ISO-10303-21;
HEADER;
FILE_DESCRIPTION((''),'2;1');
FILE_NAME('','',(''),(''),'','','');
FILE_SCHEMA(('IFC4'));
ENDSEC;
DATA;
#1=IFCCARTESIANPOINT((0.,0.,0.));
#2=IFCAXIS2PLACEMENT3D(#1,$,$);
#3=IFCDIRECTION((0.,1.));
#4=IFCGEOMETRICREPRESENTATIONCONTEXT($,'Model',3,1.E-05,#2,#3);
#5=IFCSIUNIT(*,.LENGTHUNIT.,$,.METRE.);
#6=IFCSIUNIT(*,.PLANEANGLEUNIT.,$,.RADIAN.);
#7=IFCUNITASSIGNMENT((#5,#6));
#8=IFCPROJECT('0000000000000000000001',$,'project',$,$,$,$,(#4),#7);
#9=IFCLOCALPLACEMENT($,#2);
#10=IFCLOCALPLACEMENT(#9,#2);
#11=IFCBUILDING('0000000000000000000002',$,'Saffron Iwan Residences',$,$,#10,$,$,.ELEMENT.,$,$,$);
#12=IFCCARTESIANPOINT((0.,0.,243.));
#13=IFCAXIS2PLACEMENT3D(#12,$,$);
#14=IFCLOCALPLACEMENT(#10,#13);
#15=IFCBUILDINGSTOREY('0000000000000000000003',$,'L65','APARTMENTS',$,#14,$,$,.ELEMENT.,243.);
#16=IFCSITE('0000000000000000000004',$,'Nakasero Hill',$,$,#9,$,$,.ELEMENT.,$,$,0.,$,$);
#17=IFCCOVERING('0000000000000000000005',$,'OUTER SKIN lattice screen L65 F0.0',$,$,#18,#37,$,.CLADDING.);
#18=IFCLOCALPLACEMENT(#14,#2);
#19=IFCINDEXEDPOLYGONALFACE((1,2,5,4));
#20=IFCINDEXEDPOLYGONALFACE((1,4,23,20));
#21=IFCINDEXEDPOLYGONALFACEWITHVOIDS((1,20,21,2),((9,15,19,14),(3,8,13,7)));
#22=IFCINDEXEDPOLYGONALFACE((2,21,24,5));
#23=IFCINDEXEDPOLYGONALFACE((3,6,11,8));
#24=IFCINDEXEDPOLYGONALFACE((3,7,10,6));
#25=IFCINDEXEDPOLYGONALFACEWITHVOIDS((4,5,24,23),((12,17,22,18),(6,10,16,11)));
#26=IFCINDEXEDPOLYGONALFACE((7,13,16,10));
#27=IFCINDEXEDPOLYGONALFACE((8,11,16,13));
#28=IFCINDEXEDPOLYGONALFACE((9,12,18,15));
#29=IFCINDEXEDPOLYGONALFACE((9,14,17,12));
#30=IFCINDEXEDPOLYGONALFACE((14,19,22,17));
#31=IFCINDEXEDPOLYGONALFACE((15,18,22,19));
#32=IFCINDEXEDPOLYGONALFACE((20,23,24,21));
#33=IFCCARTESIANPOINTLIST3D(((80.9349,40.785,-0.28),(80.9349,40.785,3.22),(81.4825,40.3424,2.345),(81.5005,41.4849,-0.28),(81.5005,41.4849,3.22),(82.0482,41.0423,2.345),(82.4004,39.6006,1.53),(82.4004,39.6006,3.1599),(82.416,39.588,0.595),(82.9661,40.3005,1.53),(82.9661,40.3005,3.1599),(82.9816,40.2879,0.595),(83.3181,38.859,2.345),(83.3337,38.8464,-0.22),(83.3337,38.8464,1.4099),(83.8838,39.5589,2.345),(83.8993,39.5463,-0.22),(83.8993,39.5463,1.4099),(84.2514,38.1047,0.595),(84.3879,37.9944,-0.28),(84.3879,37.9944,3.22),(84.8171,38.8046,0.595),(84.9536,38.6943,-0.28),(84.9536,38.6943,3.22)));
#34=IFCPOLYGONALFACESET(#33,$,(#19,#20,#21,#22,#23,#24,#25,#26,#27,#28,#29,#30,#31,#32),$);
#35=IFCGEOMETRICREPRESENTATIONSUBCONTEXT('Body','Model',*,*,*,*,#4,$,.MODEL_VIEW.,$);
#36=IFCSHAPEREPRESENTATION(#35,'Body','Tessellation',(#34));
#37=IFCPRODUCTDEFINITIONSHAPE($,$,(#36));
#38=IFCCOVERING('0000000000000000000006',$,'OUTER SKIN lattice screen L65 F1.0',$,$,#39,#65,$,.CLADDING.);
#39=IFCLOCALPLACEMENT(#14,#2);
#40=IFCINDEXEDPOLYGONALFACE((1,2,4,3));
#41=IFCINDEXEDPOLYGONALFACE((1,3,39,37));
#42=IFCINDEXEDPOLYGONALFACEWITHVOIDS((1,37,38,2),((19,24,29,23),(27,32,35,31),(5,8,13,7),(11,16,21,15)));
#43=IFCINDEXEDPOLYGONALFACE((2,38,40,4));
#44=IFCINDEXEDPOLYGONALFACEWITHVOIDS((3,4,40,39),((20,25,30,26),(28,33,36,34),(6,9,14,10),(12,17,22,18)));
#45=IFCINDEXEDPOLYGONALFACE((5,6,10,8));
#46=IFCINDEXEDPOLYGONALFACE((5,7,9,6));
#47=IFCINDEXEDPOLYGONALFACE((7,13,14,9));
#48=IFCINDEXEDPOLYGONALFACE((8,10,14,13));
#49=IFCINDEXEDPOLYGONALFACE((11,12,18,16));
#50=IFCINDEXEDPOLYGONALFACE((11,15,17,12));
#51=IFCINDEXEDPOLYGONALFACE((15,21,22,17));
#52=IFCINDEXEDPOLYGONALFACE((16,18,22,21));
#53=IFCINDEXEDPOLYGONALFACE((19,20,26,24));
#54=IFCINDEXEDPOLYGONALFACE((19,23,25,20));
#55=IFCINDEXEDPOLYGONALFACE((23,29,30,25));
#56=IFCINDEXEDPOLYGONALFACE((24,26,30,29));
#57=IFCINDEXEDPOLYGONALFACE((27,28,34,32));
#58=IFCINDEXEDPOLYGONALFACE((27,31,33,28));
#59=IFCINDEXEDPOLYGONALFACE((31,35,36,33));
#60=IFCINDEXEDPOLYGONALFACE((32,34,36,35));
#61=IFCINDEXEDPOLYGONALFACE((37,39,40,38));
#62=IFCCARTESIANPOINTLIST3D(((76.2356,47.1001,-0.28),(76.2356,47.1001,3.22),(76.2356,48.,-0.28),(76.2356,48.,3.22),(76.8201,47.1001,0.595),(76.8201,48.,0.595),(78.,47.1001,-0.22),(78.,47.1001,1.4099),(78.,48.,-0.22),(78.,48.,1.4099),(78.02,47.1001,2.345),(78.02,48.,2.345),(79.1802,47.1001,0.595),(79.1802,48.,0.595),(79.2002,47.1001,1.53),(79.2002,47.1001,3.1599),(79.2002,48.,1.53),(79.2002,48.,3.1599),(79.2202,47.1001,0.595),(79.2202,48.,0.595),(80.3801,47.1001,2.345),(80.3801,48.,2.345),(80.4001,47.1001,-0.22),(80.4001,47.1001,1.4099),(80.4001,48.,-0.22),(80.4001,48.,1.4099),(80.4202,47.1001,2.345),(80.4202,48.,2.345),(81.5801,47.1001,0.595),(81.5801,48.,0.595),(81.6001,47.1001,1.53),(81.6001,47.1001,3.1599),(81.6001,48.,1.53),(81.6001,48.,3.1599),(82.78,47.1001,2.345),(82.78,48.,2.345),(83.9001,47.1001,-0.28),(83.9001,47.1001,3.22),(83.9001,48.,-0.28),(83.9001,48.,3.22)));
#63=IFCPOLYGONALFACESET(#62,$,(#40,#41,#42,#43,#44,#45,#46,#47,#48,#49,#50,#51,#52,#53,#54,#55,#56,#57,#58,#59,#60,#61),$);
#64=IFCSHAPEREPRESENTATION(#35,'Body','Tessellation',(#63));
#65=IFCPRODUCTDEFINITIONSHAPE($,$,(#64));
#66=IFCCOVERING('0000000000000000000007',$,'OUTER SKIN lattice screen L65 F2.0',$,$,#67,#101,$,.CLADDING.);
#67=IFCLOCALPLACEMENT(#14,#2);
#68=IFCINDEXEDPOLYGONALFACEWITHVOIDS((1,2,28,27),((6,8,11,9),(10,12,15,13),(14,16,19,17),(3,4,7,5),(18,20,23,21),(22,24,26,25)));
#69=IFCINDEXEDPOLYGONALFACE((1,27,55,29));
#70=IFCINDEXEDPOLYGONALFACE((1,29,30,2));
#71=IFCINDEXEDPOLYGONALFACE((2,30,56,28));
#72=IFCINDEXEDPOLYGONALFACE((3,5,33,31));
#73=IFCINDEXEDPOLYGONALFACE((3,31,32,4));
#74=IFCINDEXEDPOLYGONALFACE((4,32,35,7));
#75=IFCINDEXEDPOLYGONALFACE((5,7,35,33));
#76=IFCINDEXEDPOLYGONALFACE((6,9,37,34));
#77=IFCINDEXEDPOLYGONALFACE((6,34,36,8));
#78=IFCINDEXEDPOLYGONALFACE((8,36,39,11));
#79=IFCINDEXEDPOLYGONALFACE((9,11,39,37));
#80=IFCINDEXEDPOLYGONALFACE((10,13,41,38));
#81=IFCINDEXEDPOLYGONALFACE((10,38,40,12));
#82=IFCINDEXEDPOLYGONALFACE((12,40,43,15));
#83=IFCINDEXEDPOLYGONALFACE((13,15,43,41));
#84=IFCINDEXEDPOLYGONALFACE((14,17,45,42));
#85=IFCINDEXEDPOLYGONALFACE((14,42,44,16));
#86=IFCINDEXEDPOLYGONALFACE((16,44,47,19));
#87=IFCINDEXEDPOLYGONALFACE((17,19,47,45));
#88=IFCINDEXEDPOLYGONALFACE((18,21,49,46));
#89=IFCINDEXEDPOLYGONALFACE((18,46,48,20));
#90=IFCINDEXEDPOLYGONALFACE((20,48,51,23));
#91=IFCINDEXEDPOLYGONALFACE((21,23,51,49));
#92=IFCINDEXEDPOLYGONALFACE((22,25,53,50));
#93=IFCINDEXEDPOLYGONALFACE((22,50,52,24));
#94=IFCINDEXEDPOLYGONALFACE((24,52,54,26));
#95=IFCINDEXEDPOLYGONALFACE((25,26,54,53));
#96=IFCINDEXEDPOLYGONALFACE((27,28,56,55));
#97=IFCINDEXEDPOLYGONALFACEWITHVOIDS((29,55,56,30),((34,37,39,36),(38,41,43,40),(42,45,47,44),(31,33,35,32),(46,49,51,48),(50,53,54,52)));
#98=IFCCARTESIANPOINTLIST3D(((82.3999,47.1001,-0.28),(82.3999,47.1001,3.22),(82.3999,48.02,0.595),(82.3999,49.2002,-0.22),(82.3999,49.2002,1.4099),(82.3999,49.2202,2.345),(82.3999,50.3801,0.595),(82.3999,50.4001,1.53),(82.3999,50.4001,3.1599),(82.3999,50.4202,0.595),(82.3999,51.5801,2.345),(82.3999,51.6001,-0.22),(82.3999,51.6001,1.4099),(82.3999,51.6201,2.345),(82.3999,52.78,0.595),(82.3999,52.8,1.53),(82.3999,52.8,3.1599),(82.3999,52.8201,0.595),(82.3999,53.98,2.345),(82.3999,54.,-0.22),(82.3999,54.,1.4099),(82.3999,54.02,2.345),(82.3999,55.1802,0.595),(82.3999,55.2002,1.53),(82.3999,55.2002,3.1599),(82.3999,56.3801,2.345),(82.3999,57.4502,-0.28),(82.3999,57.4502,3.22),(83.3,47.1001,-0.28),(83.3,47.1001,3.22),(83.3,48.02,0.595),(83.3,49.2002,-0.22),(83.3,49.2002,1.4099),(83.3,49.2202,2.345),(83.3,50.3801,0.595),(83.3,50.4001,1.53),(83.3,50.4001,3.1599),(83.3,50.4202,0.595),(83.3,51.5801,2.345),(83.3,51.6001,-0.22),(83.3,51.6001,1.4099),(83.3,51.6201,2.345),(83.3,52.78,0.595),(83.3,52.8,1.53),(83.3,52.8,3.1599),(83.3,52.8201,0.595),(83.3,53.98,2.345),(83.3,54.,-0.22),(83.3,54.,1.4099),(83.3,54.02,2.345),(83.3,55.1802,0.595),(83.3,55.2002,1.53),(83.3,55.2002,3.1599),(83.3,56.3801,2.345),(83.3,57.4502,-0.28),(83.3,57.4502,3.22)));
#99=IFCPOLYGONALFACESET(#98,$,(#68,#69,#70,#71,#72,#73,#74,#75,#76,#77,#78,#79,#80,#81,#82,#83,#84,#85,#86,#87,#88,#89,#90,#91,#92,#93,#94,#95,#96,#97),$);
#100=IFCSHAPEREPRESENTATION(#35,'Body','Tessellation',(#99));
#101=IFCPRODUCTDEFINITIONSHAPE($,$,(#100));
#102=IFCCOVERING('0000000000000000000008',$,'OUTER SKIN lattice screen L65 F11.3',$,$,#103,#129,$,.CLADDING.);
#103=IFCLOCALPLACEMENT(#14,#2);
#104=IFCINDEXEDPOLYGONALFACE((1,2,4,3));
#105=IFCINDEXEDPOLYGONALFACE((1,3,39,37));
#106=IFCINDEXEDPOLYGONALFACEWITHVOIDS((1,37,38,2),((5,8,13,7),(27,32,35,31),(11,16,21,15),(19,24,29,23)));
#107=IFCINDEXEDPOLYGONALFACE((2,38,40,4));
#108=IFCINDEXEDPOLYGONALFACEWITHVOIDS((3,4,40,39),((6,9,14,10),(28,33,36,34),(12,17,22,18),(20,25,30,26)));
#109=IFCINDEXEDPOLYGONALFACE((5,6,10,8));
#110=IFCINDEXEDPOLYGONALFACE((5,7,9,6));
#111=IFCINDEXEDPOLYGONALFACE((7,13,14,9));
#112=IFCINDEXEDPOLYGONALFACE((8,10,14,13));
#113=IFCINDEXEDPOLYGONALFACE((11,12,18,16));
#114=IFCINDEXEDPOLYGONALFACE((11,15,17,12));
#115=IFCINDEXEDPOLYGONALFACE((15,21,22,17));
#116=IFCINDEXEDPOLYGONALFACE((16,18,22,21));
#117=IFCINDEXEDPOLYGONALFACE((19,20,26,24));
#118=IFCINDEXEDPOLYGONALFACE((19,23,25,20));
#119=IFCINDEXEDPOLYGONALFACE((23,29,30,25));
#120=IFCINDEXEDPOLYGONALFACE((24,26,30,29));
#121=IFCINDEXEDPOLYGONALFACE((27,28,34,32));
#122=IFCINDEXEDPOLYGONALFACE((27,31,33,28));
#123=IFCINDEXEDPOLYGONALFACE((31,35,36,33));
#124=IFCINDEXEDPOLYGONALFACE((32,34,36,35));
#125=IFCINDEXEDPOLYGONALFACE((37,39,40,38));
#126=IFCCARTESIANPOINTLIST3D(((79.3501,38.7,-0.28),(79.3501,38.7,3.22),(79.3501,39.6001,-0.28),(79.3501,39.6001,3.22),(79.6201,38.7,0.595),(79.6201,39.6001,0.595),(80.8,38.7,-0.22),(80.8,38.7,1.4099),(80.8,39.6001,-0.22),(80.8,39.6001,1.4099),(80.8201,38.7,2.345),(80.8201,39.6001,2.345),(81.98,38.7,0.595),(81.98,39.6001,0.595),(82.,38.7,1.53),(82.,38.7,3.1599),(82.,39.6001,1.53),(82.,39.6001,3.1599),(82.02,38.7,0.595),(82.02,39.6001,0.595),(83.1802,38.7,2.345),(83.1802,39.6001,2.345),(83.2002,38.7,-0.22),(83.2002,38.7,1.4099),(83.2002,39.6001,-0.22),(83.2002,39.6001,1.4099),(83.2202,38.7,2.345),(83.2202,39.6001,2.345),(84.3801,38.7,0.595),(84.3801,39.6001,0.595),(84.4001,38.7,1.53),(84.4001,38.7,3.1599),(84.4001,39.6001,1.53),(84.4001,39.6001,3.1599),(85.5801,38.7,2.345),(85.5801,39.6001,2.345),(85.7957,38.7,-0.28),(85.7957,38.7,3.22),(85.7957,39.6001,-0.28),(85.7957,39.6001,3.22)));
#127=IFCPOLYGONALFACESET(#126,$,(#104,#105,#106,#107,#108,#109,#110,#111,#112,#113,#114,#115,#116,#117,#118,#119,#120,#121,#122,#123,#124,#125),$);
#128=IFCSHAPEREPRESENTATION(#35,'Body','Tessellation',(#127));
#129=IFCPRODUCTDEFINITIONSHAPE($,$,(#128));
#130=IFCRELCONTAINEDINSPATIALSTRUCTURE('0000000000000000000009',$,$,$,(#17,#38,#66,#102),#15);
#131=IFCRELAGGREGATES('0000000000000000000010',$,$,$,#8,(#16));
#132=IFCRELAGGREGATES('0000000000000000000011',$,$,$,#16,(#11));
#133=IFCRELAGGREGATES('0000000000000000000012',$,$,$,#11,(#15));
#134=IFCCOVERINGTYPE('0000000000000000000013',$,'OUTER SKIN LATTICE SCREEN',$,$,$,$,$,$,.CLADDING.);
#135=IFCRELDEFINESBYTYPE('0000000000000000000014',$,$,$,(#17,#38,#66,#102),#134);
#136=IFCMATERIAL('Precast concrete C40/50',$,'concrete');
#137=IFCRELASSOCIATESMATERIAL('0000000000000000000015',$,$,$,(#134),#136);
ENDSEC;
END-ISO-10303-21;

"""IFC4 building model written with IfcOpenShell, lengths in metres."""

from ifc_helpers import new_model, si_unit, direction, frame, origin, place, context, subcontext, project, spatial, polyline, outline, extrude, material, type_object, element, save


model = new_model("IFC4")

# Units and contexts
model_context = context("Model", 3, precision=1e-05, world=origin(), true_north=direction((0.0, 1.0)))
body_context = subcontext(model_context, "Body", "Model", "MODEL_VIEW")
ifc_project = project(units=[si_unit("LENGTHUNIT", "METRE"), si_unit("PLANEANGLEUNIT", "RADIAN")], contexts=[model_context])

# Site, building, storey
site_placement = place(None, origin())
site = spatial("IfcSite", under=ifc_project, at=site_placement, Name="Nakasero Hill", CompositionType="ELEMENT", RefElevation=0.0)
building_placement = place(site_placement, origin())
building = spatial("IfcBuilding", under=site, at=building_placement, Name="Saffron Iwan Residences", CompositionType="ELEMENT")
storey_placement = place(building_placement, frame((0.0, 0.0, 243.0)))
storey = spatial("IfcBuildingStorey", under=building, at=storey_placement, Name="L65", Description="APARTMENTS", CompositionType="ELEMENT", Elevation=243.0)

# Coverings
ifc_material_1 = material(Name="Precast concrete C40/50", Category="concrete")
covering_type = type_object("IfcCoveringType", Name="OUTER SKIN LATTICE SCREEN", PredefinedType="CLADDING", material=ifc_material_1)
covering_1_placement = place(storey_placement, frame((84.3879, 37.9944, -0.28), z_axis=(0.628558, 0.777763, 0.0), x_axis=(-0.777763, 0.628558, 0.0)))
element("IfcCovering", 1, at=covering_1_placement, inside=storey, type_object=covering_type, Name="OUTER SKIN lattice screen L65 F0.0", PredefinedType="CLADDING", context=body_context, shape_type="SweptSolid", body=[
    extrude(outline(polyline([(0.0, 0.0), (4.4397, 0.0), (4.4397, 3.5), (0.0, 3.5), (0.0, 0.0)]), holes=[polyline([(0.1755, 0.875), (1.3555, 0.0601), (2.5354, 0.875), (1.3555, 1.6899), (0.1755, 0.875)]), polyline([(1.3755, 2.625), (2.5554, 1.8101), (3.7356, 2.625), (2.5554, 3.4399), (1.3755, 2.625)])]), origin(), (0.0, 0.0, 1.0), 0.8999),
])
covering_2_placement = place(storey_placement, frame((76.2356, 48.0, -0.28), z_axis=(0.0, -1.0, 0.0), x_axis=(1.0, 0.0, 0.0)))
element("IfcCovering", 2, at=covering_2_placement, inside=storey, type_object=covering_type, Name="OUTER SKIN lattice screen L65 F1.0", PredefinedType="CLADDING", context=body_context, shape_type="SweptSolid", body=[
    extrude(outline(polyline([(0.0, 0.0), (7.6646, 0.0), (7.6646, 3.5), (0.0, 3.5), (0.0, 0.0)]), holes=[polyline([(0.5845, 0.875), (1.7644, 0.0601), (2.9446, 0.875), (1.7644, 1.6899), (0.5845, 0.875)]), polyline([(2.9846, 0.875), (4.1646, 0.0601), (5.3445, 0.875), (4.1646, 1.6899), (2.9846, 0.875)]), polyline([(1.7844, 2.625), (2.9646, 1.8101), (4.1445, 2.625), (2.9646, 3.4399), (1.7844, 2.625)]), polyline([(4.1846, 2.625), (5.3645, 1.8101), (6.5444, 2.625), (5.3645, 3.4399), (4.1846, 2.625)])]), origin(), (0.0, 0.0, 1.0), 0.8999),
])
covering_3_placement = place(storey_placement, frame((82.3999, 47.1001, -0.28), z_axis=(1.0, 0.0, 0.0), x_axis=(0.0, 1.0, 0.0)))
element("IfcCovering", 3, at=covering_3_placement, inside=storey, type_object=covering_type, Name="OUTER SKIN lattice screen L65 F2.0", PredefinedType="CLADDING", context=body_context, shape_type="SweptSolid", body=[
    extrude(outline(polyline([(0.0, 0.0), (10.3501, 0.0), (10.3501, 3.5), (0.0, 3.5), (0.0, 0.0)]), holes=[polyline([(0.9199, 0.875), (2.1001, 0.0601), (3.28, 0.875), (2.1001, 1.6899), (0.9199, 0.875)]), polyline([(3.3201, 0.875), (4.5, 0.0601), (5.6799, 0.875), (4.5, 1.6899), (3.3201, 0.875)]), polyline([(5.72, 0.875), (6.8999, 0.0601), (8.0801, 0.875), (6.8999, 1.6899), (5.72, 0.875)]), polyline([(2.1201, 2.625), (3.3, 1.8101), (4.48, 2.625), (3.3, 3.4399), (2.1201, 2.625)]), polyline([(4.52, 2.625), (5.7, 1.8101), (6.8799, 2.625), (5.7, 3.4399), (4.52, 2.625)]), polyline([(6.9199, 2.625), (8.1001, 1.8101), (9.28, 2.625), (8.1001, 3.4399), (6.9199, 2.625)])]), origin(), (0.0, 0.0, 1.0), 0.9001),
])
covering_4_placement = place(storey_placement, frame((79.3501, 39.6001, -0.28), z_axis=(0.0, -1.0, 0.0), x_axis=(1.0, 0.0, 0.0)))
element("IfcCovering", 4, at=covering_4_placement, inside=storey, type_object=covering_type, Name="OUTER SKIN lattice screen L65 F11.3", PredefinedType="CLADDING", context=body_context, shape_type="SweptSolid", body=[
    extrude(outline(polyline([(0.0, 0.0), (6.4456, 0.0), (6.4456, 3.5), (0.0, 3.5), (0.0, 0.0)]), holes=[polyline([(0.27, 0.875), (1.45, 0.0601), (2.6299, 0.875), (1.45, 1.6899), (0.27, 0.875)]), polyline([(2.6699, 0.875), (3.8501, 0.0601), (5.03, 0.875), (3.8501, 1.6899), (2.6699, 0.875)]), polyline([(1.47, 2.625), (2.6499, 1.8101), (3.8301, 2.625), (2.6499, 3.4399), (1.47, 2.625)]), polyline([(3.8701, 2.625), (5.05, 1.8101), (6.23, 2.625), (5.05, 3.4399), (3.8701, 2.625)])]), origin(), (0.0, 0.0, 1.0), 0.9001),
])

save(model, "model.ifc")
